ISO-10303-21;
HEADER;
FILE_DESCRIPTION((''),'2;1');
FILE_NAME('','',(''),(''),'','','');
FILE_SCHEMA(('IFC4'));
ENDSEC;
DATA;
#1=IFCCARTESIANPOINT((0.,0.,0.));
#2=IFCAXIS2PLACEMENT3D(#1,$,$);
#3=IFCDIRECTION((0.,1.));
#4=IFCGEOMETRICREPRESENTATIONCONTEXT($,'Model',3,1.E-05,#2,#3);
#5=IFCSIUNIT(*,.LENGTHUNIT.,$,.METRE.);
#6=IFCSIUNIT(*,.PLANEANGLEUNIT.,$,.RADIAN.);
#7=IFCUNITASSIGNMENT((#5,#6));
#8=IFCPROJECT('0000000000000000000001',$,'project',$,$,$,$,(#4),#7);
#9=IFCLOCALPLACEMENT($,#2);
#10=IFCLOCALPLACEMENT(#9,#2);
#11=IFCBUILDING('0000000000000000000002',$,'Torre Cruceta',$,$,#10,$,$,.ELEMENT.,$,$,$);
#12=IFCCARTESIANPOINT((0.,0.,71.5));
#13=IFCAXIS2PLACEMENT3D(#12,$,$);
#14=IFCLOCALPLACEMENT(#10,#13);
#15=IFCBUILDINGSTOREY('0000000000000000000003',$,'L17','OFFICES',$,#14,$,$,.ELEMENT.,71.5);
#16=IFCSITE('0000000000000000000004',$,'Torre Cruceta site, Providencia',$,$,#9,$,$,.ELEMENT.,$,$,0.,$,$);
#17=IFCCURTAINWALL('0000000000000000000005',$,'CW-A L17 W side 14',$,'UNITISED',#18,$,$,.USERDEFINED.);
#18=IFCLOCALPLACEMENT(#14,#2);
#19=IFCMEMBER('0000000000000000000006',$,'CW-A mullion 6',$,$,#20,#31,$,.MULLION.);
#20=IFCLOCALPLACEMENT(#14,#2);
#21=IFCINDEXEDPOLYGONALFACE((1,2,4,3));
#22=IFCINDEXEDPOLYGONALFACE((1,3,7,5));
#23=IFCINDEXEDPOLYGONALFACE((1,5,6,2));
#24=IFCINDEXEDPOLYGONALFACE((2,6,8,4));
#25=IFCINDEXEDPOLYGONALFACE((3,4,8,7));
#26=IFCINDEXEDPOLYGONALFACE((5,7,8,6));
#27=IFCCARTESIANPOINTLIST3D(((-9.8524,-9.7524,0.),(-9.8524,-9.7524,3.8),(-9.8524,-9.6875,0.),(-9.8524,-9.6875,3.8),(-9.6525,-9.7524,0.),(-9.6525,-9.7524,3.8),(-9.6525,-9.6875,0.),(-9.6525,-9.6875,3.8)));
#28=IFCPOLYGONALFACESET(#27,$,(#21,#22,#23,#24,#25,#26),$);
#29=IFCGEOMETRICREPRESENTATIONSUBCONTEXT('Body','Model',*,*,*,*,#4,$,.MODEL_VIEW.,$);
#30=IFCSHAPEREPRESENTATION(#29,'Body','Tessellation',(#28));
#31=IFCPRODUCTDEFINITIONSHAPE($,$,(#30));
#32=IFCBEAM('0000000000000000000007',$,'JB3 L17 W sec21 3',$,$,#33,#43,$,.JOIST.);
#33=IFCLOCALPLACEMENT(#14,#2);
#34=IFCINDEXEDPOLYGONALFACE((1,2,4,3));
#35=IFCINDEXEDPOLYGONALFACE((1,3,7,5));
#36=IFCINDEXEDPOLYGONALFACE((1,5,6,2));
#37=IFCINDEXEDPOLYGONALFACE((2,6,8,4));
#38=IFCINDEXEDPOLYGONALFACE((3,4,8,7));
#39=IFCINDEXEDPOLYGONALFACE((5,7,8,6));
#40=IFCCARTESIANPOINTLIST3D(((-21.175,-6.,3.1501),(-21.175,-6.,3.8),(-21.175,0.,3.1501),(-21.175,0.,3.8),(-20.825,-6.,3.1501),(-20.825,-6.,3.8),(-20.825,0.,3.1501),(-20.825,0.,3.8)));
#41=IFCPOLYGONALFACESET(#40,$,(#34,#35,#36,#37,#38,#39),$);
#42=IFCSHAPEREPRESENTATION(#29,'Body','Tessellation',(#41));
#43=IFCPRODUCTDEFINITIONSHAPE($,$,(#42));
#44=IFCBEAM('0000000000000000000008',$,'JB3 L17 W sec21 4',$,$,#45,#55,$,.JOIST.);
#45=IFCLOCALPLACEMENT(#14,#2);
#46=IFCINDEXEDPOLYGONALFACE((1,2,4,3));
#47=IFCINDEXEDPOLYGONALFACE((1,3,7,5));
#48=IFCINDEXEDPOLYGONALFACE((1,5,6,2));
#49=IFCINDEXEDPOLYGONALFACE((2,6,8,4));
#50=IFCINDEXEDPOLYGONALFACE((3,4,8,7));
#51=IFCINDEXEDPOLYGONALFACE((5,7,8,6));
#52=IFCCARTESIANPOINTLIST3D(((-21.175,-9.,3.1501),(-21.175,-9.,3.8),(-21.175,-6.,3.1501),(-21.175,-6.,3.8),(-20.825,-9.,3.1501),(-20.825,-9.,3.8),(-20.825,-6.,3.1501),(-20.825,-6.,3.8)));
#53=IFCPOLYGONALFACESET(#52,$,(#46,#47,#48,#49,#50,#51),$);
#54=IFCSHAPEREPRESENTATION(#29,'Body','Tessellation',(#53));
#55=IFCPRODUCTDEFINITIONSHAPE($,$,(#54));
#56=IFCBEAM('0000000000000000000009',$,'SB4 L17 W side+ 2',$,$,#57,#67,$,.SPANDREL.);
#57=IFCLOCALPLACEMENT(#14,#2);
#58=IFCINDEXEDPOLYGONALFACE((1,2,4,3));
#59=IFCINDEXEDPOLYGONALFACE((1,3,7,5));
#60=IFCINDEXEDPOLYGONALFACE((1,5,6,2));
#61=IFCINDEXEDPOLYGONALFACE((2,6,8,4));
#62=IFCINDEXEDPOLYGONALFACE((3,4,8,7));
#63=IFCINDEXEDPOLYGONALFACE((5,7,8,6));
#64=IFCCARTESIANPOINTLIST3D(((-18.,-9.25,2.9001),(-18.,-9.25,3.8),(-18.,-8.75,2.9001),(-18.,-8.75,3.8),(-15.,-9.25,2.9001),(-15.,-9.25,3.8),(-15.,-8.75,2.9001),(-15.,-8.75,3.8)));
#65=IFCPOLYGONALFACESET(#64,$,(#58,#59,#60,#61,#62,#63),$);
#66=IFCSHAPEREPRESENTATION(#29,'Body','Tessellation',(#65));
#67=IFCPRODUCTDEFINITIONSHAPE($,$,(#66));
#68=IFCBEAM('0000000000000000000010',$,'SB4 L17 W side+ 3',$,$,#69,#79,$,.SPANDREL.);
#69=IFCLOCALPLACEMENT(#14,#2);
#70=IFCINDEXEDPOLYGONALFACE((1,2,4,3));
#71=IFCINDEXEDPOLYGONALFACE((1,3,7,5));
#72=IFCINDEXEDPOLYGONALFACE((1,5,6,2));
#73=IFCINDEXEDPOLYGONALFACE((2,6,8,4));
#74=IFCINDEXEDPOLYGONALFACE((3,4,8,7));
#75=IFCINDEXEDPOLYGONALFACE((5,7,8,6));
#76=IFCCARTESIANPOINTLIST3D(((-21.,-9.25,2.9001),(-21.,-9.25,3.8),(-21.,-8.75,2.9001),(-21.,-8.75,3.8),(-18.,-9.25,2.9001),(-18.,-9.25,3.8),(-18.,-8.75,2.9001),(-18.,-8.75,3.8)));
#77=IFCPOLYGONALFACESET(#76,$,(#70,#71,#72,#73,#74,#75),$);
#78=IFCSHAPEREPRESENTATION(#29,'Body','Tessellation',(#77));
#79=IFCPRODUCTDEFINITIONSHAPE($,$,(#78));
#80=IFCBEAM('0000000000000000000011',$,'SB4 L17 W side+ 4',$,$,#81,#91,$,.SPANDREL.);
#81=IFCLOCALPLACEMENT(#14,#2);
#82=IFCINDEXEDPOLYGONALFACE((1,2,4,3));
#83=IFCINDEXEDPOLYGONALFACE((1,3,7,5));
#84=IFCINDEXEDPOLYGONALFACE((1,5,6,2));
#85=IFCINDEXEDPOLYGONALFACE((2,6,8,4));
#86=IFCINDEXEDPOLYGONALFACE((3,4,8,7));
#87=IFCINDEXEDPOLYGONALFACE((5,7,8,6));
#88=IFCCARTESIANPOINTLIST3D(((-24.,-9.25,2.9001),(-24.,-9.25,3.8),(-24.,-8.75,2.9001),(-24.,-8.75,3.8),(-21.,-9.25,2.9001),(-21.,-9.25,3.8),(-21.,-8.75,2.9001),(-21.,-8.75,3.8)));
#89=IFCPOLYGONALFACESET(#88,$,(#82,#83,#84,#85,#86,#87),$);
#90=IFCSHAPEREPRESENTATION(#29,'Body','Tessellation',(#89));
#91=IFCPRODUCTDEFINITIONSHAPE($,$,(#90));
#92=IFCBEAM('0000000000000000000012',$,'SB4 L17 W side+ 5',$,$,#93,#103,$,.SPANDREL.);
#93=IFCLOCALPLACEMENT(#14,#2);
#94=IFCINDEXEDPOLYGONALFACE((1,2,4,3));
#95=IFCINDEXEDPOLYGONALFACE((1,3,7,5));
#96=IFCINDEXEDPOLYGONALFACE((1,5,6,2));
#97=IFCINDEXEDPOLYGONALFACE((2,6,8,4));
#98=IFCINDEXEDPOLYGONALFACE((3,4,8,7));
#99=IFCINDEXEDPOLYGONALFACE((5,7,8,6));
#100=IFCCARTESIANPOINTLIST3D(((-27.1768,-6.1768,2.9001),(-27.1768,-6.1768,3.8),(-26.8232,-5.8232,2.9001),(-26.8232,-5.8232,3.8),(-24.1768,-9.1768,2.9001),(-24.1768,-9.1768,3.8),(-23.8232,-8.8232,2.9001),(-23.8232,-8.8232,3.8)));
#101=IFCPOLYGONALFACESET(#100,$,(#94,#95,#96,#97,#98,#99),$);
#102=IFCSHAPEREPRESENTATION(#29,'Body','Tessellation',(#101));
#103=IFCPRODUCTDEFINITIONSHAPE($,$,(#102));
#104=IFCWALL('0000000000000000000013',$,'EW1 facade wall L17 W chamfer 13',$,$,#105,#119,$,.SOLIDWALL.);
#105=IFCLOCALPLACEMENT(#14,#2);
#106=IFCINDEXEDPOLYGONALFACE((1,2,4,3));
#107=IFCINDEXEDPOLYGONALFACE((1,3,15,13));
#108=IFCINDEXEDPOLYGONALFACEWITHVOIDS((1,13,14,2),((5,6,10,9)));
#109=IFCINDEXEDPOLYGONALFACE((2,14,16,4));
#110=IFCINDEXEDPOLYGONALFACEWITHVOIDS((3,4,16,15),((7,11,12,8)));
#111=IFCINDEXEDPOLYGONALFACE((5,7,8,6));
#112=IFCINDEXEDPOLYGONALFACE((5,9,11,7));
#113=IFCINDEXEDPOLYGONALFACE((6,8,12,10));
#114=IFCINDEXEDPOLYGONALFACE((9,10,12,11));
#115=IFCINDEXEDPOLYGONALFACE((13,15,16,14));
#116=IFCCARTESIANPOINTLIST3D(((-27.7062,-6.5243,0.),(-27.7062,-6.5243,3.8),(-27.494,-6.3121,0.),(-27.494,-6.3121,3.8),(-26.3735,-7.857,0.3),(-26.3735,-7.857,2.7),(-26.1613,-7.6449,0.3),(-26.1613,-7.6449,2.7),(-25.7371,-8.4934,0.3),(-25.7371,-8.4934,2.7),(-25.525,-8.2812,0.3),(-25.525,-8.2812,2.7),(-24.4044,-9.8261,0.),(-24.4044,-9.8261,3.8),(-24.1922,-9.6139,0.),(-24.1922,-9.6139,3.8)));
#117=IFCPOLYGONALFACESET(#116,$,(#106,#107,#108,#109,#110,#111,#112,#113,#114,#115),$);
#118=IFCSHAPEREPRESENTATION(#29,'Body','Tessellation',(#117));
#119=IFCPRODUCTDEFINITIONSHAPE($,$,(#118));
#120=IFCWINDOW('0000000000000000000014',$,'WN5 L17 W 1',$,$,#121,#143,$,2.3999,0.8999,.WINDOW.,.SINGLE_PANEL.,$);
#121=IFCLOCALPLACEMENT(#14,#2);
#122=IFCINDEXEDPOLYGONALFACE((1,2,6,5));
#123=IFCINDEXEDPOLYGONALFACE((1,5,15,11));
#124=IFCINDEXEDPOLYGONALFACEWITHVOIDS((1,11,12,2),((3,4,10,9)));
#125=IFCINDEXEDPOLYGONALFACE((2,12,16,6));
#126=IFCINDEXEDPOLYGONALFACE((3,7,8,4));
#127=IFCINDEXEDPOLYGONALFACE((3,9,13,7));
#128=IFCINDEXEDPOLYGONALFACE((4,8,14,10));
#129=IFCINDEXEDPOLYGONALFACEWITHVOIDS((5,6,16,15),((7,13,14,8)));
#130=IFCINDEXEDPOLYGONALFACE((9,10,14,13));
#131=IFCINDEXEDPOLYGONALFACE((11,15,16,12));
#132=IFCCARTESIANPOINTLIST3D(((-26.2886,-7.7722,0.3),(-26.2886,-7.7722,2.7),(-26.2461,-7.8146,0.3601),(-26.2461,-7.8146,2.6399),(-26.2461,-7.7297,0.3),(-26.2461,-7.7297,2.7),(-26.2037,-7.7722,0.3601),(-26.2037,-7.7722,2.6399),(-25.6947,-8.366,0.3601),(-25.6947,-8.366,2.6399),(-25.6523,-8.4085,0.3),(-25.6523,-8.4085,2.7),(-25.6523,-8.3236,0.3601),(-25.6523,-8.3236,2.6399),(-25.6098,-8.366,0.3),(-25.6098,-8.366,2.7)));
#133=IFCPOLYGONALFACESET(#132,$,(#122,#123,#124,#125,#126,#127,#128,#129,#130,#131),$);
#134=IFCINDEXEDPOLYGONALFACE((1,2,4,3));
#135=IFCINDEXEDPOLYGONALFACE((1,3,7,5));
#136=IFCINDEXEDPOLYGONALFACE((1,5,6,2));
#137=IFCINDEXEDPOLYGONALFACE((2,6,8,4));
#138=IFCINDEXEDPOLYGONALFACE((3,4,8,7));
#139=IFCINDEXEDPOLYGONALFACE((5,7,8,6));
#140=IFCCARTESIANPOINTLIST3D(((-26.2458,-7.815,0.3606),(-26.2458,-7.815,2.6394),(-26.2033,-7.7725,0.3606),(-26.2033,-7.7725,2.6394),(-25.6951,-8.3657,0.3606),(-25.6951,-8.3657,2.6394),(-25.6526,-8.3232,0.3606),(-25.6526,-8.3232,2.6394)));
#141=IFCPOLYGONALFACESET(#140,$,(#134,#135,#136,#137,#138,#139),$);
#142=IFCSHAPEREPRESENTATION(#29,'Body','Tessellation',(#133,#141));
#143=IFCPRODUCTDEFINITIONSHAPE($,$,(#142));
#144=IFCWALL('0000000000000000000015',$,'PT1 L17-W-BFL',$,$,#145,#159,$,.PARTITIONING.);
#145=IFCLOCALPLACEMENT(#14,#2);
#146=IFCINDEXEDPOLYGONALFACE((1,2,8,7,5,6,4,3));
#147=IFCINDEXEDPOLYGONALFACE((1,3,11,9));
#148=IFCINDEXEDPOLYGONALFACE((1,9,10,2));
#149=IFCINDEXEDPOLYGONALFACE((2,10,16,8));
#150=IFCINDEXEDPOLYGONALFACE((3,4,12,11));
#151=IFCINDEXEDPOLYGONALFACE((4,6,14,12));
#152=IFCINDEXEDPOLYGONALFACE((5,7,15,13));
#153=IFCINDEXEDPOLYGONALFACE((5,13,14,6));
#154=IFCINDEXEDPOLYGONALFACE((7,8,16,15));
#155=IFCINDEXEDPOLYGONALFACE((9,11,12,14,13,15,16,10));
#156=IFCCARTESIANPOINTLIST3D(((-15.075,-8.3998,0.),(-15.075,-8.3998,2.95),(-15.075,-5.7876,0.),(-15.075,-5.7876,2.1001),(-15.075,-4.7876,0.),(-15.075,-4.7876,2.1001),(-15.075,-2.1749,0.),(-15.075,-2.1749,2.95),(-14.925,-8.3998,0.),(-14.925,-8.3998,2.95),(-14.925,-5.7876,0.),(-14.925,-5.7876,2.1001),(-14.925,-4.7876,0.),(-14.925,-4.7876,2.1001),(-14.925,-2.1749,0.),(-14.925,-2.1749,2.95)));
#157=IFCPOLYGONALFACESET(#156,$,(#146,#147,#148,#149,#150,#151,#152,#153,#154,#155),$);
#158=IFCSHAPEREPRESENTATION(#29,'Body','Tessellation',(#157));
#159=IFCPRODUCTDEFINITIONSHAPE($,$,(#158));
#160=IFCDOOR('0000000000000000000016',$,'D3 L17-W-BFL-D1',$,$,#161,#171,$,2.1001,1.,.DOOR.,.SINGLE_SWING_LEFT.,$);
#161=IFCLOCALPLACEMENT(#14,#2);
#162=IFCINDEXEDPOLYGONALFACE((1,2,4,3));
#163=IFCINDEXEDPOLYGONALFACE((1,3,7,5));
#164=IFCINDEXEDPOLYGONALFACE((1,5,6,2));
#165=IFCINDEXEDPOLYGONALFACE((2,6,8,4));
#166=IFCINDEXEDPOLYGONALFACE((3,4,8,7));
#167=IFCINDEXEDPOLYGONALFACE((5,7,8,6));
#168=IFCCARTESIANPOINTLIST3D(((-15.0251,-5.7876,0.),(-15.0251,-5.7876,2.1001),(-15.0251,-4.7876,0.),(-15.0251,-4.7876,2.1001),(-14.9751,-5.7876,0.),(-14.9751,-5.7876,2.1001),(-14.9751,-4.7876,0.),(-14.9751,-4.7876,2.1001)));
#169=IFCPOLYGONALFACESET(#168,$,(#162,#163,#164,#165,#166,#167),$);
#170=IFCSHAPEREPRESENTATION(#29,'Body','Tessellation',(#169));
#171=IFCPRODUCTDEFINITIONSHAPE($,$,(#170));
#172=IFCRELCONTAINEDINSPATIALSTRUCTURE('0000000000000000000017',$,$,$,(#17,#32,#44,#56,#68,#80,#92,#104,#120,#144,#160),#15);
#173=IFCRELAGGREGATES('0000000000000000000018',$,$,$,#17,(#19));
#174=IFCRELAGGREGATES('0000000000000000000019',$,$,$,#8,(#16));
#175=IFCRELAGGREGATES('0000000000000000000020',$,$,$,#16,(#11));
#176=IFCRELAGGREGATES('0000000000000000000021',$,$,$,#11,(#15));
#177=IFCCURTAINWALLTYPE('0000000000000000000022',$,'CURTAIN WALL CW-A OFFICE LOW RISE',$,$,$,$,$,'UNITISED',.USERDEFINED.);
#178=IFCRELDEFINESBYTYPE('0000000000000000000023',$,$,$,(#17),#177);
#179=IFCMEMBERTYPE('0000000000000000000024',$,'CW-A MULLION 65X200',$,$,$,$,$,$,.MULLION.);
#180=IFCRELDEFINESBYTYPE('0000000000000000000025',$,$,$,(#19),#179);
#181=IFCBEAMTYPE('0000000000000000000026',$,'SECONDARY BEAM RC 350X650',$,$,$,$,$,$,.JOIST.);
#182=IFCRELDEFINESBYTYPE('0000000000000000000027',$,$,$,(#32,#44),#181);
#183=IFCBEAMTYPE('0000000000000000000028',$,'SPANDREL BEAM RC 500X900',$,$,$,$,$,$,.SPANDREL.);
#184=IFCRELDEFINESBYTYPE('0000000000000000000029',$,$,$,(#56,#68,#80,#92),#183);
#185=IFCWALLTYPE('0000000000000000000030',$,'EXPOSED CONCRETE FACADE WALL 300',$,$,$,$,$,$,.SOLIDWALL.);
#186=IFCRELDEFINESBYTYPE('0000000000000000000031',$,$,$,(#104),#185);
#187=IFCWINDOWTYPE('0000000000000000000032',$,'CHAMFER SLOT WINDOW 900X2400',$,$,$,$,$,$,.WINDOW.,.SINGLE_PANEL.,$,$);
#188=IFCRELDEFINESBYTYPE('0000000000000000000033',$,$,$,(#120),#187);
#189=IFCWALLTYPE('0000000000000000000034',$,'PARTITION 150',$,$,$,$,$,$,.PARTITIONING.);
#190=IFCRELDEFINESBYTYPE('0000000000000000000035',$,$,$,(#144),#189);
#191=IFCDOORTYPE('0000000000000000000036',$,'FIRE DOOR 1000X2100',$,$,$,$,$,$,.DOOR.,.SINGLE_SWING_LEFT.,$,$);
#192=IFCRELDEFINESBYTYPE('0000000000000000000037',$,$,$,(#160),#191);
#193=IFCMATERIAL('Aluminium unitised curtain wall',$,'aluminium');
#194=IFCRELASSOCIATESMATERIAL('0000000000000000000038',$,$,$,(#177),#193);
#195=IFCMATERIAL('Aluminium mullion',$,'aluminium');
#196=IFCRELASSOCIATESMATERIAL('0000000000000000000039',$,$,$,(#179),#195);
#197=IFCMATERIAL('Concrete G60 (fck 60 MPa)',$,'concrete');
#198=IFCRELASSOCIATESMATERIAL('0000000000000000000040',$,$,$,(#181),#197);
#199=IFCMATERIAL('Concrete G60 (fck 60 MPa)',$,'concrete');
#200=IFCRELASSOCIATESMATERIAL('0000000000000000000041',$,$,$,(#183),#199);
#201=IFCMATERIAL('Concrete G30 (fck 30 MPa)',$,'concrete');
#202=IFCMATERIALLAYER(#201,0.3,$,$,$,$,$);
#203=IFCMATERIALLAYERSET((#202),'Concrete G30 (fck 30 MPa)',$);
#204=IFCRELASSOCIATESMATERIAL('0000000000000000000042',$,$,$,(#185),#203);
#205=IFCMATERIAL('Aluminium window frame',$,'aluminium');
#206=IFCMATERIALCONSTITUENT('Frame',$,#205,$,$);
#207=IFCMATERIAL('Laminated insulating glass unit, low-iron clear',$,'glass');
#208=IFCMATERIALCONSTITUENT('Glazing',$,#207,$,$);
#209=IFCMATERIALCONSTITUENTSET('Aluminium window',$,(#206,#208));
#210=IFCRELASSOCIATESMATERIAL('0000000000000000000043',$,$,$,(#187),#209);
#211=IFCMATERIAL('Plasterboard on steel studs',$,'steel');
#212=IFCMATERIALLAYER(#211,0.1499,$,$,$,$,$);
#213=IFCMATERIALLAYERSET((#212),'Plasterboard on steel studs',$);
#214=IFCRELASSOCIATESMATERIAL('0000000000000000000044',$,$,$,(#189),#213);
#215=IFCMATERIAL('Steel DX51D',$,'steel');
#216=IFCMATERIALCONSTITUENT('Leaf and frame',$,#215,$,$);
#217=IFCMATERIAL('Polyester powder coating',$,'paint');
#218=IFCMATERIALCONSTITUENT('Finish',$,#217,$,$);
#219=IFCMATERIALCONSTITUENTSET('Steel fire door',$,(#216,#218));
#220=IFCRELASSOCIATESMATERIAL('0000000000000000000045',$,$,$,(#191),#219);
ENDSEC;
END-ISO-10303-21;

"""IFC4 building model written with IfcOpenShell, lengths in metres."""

from ifc_helpers import new_model, si_unit, direction, frame, frame_2d, origin, origin_2d, place, context, subcontext, project, spatial, rectangle, hollow_rectangle, extrude, material, layer, layer_set, constituent, constituent_set, material_profile, profile_set, type_object, element, fill, aggregate, save


model = new_model("IFC4")

# Units and contexts
model_context = context("Model", 3, precision=1e-05, world=origin(), true_north=direction((0.0, 1.0)))
body_context = subcontext(model_context, "Body", "Model", "MODEL_VIEW")
ifc_project = project(units=[si_unit("LENGTHUNIT", "METRE"), si_unit("PLANEANGLEUNIT", "RADIAN")], contexts=[model_context])

# Site, building, storey
site_placement = place(None, origin())
site = spatial("IfcSite", under=ifc_project, at=site_placement, Name="Torre Cruceta site, Providencia", CompositionType="ELEMENT", RefElevation=0.0)
building_placement = place(site_placement, origin())
building = spatial("IfcBuilding", under=site, at=building_placement, Name="Torre Cruceta", CompositionType="ELEMENT")
storey_placement = place(building_placement, frame((0.0, 0.0, 71.5)))
storey = spatial("IfcBuildingStorey", under=building, at=storey_placement, Name="L17", Description="OFFICES", CompositionType="ELEMENT", Elevation=71.5)

# Curtain wall, member
ifc_material_1 = material(Name="Aluminium unitised curtain wall", Category="aluminium")
curtain_wall_type = type_object("IfcCurtainWallType", Name="CURTAIN WALL CW-A OFFICE LOW RISE", ElementType="UNITISED", PredefinedType="USERDEFINED", material=ifc_material_1)
curtain_wall_placement = place(storey_placement, origin())
curtain_wall = element("IfcCurtainWall", 1, at=curtain_wall_placement, inside=storey, type_object=curtain_wall_type, Name="CW-A L17 W side 14", ObjectType="UNITISED", PredefinedType="USERDEFINED")
ifc_material_2 = material(Name="Aluminium mullion", Category="aluminium")
ifc_material_profile_1 = material_profile(ifc_material_2, rectangle(XDim=0.0649, YDim=0.2, at=origin_2d()), Name="AL 65X200")
ifc_profile_set_1 = profile_set([ifc_material_profile_1], Name="Aluminium mullion")
member_type = type_object("IfcMemberType", Name="CW-A MULLION 65X200", PredefinedType="MULLION", material=ifc_profile_set_1)
member_placement = place(storey_placement, frame((-9.7524, -9.72, 0.0), z_axis=(0.0, 0.0, 1.0), x_axis=(0.0, 1.0, 0.0)))
member = element("IfcMember", 2, at=member_placement, type_object=member_type, Name="CW-A mullion 6", PredefinedType="MULLION", context=body_context, shape_type="SweptSolid", body=[
    extrude(rectangle(XDim=0.0649, YDim=0.2, at=origin_2d()), origin(), (0.0, 0.0, 1.0), 3.8),
])
aggregate(curtain_wall, [member])

# Beams
ifc_material_3 = material(Name="Concrete G60 (fck 60 MPa)", Category="concrete")
ifc_material_profile_2 = material_profile(ifc_material_3, rectangle(XDim=0.3501, YDim=0.6499, at=origin_2d()), Name="RC 350X650")
ifc_profile_set_2 = profile_set([ifc_material_profile_2], Name="Concrete G60 (fck 60 MPa)")
beam_type_1 = type_object("IfcBeamType", Name="SECONDARY BEAM RC 350X650", PredefinedType="JOIST", material=ifc_profile_set_2)
beam_1_placement = place(storey_placement, frame((-21.0, 0.0, 3.4751), z_axis=(0.0, -1.0, 0.0), x_axis=(1.0, 0.0, 0.0)))
element("IfcBeam", 3, at=beam_1_placement, inside=storey, type_object=beam_type_1, Name="JB3 L17 W sec21 3", PredefinedType="JOIST", context=body_context, shape_type="SweptSolid", body=[
    extrude(rectangle(XDim=0.3501, YDim=0.6499, at=origin_2d()), origin(), (0.0, 0.0, 1.0), 6.0),
])
beam_2_placement = place(storey_placement, frame((-21.0, -6.0, 3.4751), z_axis=(0.0, -1.0, 0.0), x_axis=(1.0, 0.0, 0.0)))
element("IfcBeam", 4, at=beam_2_placement, inside=storey, type_object=beam_type_1, Name="JB3 L17 W sec21 4", PredefinedType="JOIST", context=body_context, shape_type="SweptSolid", body=[
    extrude(rectangle(XDim=0.3501, YDim=0.6499, at=origin_2d()), origin(), (0.0, 0.0, 1.0), 3.0),
])
ifc_material_4 = material(Name="Concrete G60 (fck 60 MPa)", Category="concrete")
ifc_material_profile_3 = material_profile(ifc_material_4, rectangle(XDim=0.5, YDim=0.8999, at=origin_2d()), Name="RC 500X900")
ifc_profile_set_3 = profile_set([ifc_material_profile_3], Name="Concrete G60 (fck 60 MPa)")
beam_type_2 = type_object("IfcBeamType", Name="SPANDREL BEAM RC 500X900", PredefinedType="SPANDREL", material=ifc_profile_set_3)
for number, where, z_axis, x_axis, name in (
    (5, (-15.0, -9.0, 3.3501), (-1.0, 0.0, 0.0), (0.0, -1.0, 0.0), "SB4 L17 W side+ 2"),
    (6, (-18.0, -9.0, 3.3501), (-1.0, 0.0, 0.0), (0.0, -1.0, 0.0), "SB4 L17 W side+ 3"),
    (7, (-21.0, -9.0, 3.3501), (-1.0, 0.0, 0.0), (0.0, -1.0, 0.0), "SB4 L17 W side+ 4"),
):
    element("IfcBeam", number, at=place(storey_placement, frame(where, z_axis=z_axis, x_axis=x_axis)), inside=storey, type_object=beam_type_2, Name=name, PredefinedType="SPANDREL", context=body_context, shape_type="SweptSolid", body=[
        extrude(rectangle(XDim=0.5, YDim=0.8999, at=origin_2d()), origin(), (0.0, 0.0, 1.0), 3.0),
    ])
beam_3_placement = place(storey_placement, frame((-24.0, -9.0, 3.3501), z_axis=(-0.707107, 0.707107, 0.0), x_axis=(-0.707107, -0.707107, 0.0)))
element("IfcBeam", 8, at=beam_3_placement, inside=storey, type_object=beam_type_2, Name="SB4 L17 W side+ 5", PredefinedType="SPANDREL", context=body_context, shape_type="SweptSolid", body=[
    extrude(rectangle(XDim=0.5, YDim=0.8999, at=origin_2d()), origin(), (0.0, 0.0, 1.0), 4.2427),
])

# Wall, opening, window
ifc_material_5 = material(Name="Concrete G30 (fck 30 MPa)", Category="concrete")
ifc_layer_1 = layer(ifc_material_5, 0.3)
ifc_layer_set_1 = layer_set([ifc_layer_1], Name="Concrete G30 (fck 30 MPa)")
wall_type_1 = type_object("IfcWallType", Name="EXPOSED CONCRETE FACADE WALL 300", PredefinedType="SOLIDWALL", material=ifc_layer_set_1)
wall_1_placement = place(storey_placement, frame((-27.6001, -6.4182, 0.0), z_axis=(0.0, 0.0, 1.0), x_axis=(0.707107, -0.707107, 0.0)))
wall_1 = element("IfcWall", 9, at=wall_1_placement, inside=storey, type_object=wall_type_1, Name="EW1 facade wall L17 W chamfer 13", PredefinedType="SOLIDWALL", context=body_context, shape_type="SweptSolid", body=[
    extrude(rectangle(XDim=4.6694, YDim=0.3, at=frame_2d((2.3347, 0.0))), origin(), (0.0, 0.0, 1.0), 3.8),
])
opening_1_placement = place(wall_1_placement, frame((1.8848, 0.0, 0.3)))
opening_1 = element("IfcOpeningElement", 10, at=opening_1_placement, cuts=wall_1, PredefinedType="OPENING", context=body_context, shape_type="SweptSolid", body=[
    extrude(rectangle(XDim=0.8999, YDim=2.3999, at=frame_2d((0.45, 1.2))), frame((0.0, 0.1599, 0.0), z_axis=(0.0, -1.0, 0.0), x_axis=(1.0, 0.0, 0.0)), (0.0, 0.0, 1.0), 0.3201),
])
ifc_material_6 = material(Name="Aluminium window frame", Category="aluminium")
ifc_constituent_1 = constituent(ifc_material_6, Name="Frame")
ifc_material_7 = material(Name="Laminated insulating glass unit, low-iron clear", Category="glass")
ifc_constituent_2 = constituent(ifc_material_7, Name="Glazing")
ifc_constituent_set_1 = constituent_set(constituents=[ifc_constituent_1, ifc_constituent_2], Name="Aluminium window")
window_type = type_object("IfcWindowType", Name="CHAMFER SLOT WINDOW 900X2400", PartitioningType="SINGLE_PANEL", PredefinedType="WINDOW", material=ifc_constituent_set_1)
window_placement = place(opening_1_placement, origin())
window = element("IfcWindow", 11, at=window_placement, inside=storey, type_object=window_type, Name="WN5 L17 W 1", OverallHeight=2.3999, OverallWidth=0.8999, PartitioningType="SINGLE_PANEL", PredefinedType="WINDOW", context=body_context, shape_type="SweptSolid", body=[
    extrude(hollow_rectangle(XDim=0.8999, YDim=2.3999, WallThickness=0.0601, at=frame_2d((0.45, 1.2))), frame((0.0, 0.03, 0.0), z_axis=(0.0, -1.0, 0.0), x_axis=(1.0, 0.0, 0.0)), (0.0, 0.0, 1.0), 0.0601),
    extrude(rectangle(XDim=0.7788, YDim=2.2788, at=frame_2d((0.45, 1.2))), frame((0.0, 0.03, 0.0), z_axis=(0.0, -1.0, 0.0), x_axis=(1.0, 0.0, 0.0)), (0.0, 0.0, 1.0), 0.0601),
])
fill(opening_1, window)

# Wall, opening, door
ifc_material_8 = material(Name="Plasterboard on steel studs", Category="steel")
ifc_layer_2 = layer(ifc_material_8, 0.1499)
ifc_layer_set_2 = layer_set([ifc_layer_2], Name="Plasterboard on steel studs")
wall_type_2 = type_object("IfcWallType", Name="PARTITION 150", PredefinedType="PARTITIONING", material=ifc_layer_set_2)
wall_2_placement = place(storey_placement, frame((-15.0, -2.175, 0.0), z_axis=(0.0, 0.0, 1.0), x_axis=(0.0, -1.0, 0.0)))
wall_2 = element("IfcWall", 12, at=wall_2_placement, inside=storey, type_object=wall_type_2, Name="PT1 L17-W-BFL", PredefinedType="PARTITIONING", context=body_context, shape_type="SweptSolid", body=[
    extrude(rectangle(XDim=6.2249, YDim=0.1499, at=frame_2d((3.1123, 0.0))), origin(), (0.0, 0.0, 1.0), 2.95),
])
opening_2_placement = place(wall_2_placement, frame((2.6125, 0.0, 0.0)))
opening_2 = element("IfcOpeningElement", 13, at=opening_2_placement, cuts=wall_2, PredefinedType="OPENING", context=body_context, shape_type="SweptSolid", body=[
    extrude(rectangle(XDim=1.0, YDim=2.1001, at=frame_2d((0.5, 1.05))), frame((0.0, 0.085, 0.0), z_axis=(0.0, -1.0, 0.0), x_axis=(1.0, 0.0, 0.0)), (0.0, 0.0, 1.0), 0.1699),
])
ifc_material_9 = material(Name="Steel DX51D", Category="steel")
ifc_constituent_3 = constituent(ifc_material_9, Name="Leaf and frame")
ifc_material_10 = material(Name="Polyester powder coating", Category="paint")
ifc_constituent_4 = constituent(ifc_material_10, Name="Finish")
ifc_constituent_set_2 = constituent_set(constituents=[ifc_constituent_3, ifc_constituent_4], Name="Steel fire door")
door_type = type_object("IfcDoorType", Name="FIRE DOOR 1000X2100", OperationType="SINGLE_SWING_LEFT", PredefinedType="DOOR", material=ifc_constituent_set_2)
door_placement = place(opening_2_placement, origin())
door = element("IfcDoor", 14, at=door_placement, inside=storey, type_object=door_type, Name="D3 L17-W-BFL-D1", OperationType="SINGLE_SWING_LEFT", OverallHeight=2.1001, OverallWidth=1.0, PredefinedType="DOOR", context=body_context, shape_type="SweptSolid", body=[
    extrude(rectangle(XDim=1.0, YDim=2.1001, at=frame_2d((0.5, 1.05))), frame((0.0, 0.0249, 0.0), z_axis=(0.0, -1.0, 0.0), x_axis=(1.0, 0.0, 0.0)), (0.0, 0.0, 1.0), 0.05),
])
fill(opening_2, door)

save(model, "model.ifc")
